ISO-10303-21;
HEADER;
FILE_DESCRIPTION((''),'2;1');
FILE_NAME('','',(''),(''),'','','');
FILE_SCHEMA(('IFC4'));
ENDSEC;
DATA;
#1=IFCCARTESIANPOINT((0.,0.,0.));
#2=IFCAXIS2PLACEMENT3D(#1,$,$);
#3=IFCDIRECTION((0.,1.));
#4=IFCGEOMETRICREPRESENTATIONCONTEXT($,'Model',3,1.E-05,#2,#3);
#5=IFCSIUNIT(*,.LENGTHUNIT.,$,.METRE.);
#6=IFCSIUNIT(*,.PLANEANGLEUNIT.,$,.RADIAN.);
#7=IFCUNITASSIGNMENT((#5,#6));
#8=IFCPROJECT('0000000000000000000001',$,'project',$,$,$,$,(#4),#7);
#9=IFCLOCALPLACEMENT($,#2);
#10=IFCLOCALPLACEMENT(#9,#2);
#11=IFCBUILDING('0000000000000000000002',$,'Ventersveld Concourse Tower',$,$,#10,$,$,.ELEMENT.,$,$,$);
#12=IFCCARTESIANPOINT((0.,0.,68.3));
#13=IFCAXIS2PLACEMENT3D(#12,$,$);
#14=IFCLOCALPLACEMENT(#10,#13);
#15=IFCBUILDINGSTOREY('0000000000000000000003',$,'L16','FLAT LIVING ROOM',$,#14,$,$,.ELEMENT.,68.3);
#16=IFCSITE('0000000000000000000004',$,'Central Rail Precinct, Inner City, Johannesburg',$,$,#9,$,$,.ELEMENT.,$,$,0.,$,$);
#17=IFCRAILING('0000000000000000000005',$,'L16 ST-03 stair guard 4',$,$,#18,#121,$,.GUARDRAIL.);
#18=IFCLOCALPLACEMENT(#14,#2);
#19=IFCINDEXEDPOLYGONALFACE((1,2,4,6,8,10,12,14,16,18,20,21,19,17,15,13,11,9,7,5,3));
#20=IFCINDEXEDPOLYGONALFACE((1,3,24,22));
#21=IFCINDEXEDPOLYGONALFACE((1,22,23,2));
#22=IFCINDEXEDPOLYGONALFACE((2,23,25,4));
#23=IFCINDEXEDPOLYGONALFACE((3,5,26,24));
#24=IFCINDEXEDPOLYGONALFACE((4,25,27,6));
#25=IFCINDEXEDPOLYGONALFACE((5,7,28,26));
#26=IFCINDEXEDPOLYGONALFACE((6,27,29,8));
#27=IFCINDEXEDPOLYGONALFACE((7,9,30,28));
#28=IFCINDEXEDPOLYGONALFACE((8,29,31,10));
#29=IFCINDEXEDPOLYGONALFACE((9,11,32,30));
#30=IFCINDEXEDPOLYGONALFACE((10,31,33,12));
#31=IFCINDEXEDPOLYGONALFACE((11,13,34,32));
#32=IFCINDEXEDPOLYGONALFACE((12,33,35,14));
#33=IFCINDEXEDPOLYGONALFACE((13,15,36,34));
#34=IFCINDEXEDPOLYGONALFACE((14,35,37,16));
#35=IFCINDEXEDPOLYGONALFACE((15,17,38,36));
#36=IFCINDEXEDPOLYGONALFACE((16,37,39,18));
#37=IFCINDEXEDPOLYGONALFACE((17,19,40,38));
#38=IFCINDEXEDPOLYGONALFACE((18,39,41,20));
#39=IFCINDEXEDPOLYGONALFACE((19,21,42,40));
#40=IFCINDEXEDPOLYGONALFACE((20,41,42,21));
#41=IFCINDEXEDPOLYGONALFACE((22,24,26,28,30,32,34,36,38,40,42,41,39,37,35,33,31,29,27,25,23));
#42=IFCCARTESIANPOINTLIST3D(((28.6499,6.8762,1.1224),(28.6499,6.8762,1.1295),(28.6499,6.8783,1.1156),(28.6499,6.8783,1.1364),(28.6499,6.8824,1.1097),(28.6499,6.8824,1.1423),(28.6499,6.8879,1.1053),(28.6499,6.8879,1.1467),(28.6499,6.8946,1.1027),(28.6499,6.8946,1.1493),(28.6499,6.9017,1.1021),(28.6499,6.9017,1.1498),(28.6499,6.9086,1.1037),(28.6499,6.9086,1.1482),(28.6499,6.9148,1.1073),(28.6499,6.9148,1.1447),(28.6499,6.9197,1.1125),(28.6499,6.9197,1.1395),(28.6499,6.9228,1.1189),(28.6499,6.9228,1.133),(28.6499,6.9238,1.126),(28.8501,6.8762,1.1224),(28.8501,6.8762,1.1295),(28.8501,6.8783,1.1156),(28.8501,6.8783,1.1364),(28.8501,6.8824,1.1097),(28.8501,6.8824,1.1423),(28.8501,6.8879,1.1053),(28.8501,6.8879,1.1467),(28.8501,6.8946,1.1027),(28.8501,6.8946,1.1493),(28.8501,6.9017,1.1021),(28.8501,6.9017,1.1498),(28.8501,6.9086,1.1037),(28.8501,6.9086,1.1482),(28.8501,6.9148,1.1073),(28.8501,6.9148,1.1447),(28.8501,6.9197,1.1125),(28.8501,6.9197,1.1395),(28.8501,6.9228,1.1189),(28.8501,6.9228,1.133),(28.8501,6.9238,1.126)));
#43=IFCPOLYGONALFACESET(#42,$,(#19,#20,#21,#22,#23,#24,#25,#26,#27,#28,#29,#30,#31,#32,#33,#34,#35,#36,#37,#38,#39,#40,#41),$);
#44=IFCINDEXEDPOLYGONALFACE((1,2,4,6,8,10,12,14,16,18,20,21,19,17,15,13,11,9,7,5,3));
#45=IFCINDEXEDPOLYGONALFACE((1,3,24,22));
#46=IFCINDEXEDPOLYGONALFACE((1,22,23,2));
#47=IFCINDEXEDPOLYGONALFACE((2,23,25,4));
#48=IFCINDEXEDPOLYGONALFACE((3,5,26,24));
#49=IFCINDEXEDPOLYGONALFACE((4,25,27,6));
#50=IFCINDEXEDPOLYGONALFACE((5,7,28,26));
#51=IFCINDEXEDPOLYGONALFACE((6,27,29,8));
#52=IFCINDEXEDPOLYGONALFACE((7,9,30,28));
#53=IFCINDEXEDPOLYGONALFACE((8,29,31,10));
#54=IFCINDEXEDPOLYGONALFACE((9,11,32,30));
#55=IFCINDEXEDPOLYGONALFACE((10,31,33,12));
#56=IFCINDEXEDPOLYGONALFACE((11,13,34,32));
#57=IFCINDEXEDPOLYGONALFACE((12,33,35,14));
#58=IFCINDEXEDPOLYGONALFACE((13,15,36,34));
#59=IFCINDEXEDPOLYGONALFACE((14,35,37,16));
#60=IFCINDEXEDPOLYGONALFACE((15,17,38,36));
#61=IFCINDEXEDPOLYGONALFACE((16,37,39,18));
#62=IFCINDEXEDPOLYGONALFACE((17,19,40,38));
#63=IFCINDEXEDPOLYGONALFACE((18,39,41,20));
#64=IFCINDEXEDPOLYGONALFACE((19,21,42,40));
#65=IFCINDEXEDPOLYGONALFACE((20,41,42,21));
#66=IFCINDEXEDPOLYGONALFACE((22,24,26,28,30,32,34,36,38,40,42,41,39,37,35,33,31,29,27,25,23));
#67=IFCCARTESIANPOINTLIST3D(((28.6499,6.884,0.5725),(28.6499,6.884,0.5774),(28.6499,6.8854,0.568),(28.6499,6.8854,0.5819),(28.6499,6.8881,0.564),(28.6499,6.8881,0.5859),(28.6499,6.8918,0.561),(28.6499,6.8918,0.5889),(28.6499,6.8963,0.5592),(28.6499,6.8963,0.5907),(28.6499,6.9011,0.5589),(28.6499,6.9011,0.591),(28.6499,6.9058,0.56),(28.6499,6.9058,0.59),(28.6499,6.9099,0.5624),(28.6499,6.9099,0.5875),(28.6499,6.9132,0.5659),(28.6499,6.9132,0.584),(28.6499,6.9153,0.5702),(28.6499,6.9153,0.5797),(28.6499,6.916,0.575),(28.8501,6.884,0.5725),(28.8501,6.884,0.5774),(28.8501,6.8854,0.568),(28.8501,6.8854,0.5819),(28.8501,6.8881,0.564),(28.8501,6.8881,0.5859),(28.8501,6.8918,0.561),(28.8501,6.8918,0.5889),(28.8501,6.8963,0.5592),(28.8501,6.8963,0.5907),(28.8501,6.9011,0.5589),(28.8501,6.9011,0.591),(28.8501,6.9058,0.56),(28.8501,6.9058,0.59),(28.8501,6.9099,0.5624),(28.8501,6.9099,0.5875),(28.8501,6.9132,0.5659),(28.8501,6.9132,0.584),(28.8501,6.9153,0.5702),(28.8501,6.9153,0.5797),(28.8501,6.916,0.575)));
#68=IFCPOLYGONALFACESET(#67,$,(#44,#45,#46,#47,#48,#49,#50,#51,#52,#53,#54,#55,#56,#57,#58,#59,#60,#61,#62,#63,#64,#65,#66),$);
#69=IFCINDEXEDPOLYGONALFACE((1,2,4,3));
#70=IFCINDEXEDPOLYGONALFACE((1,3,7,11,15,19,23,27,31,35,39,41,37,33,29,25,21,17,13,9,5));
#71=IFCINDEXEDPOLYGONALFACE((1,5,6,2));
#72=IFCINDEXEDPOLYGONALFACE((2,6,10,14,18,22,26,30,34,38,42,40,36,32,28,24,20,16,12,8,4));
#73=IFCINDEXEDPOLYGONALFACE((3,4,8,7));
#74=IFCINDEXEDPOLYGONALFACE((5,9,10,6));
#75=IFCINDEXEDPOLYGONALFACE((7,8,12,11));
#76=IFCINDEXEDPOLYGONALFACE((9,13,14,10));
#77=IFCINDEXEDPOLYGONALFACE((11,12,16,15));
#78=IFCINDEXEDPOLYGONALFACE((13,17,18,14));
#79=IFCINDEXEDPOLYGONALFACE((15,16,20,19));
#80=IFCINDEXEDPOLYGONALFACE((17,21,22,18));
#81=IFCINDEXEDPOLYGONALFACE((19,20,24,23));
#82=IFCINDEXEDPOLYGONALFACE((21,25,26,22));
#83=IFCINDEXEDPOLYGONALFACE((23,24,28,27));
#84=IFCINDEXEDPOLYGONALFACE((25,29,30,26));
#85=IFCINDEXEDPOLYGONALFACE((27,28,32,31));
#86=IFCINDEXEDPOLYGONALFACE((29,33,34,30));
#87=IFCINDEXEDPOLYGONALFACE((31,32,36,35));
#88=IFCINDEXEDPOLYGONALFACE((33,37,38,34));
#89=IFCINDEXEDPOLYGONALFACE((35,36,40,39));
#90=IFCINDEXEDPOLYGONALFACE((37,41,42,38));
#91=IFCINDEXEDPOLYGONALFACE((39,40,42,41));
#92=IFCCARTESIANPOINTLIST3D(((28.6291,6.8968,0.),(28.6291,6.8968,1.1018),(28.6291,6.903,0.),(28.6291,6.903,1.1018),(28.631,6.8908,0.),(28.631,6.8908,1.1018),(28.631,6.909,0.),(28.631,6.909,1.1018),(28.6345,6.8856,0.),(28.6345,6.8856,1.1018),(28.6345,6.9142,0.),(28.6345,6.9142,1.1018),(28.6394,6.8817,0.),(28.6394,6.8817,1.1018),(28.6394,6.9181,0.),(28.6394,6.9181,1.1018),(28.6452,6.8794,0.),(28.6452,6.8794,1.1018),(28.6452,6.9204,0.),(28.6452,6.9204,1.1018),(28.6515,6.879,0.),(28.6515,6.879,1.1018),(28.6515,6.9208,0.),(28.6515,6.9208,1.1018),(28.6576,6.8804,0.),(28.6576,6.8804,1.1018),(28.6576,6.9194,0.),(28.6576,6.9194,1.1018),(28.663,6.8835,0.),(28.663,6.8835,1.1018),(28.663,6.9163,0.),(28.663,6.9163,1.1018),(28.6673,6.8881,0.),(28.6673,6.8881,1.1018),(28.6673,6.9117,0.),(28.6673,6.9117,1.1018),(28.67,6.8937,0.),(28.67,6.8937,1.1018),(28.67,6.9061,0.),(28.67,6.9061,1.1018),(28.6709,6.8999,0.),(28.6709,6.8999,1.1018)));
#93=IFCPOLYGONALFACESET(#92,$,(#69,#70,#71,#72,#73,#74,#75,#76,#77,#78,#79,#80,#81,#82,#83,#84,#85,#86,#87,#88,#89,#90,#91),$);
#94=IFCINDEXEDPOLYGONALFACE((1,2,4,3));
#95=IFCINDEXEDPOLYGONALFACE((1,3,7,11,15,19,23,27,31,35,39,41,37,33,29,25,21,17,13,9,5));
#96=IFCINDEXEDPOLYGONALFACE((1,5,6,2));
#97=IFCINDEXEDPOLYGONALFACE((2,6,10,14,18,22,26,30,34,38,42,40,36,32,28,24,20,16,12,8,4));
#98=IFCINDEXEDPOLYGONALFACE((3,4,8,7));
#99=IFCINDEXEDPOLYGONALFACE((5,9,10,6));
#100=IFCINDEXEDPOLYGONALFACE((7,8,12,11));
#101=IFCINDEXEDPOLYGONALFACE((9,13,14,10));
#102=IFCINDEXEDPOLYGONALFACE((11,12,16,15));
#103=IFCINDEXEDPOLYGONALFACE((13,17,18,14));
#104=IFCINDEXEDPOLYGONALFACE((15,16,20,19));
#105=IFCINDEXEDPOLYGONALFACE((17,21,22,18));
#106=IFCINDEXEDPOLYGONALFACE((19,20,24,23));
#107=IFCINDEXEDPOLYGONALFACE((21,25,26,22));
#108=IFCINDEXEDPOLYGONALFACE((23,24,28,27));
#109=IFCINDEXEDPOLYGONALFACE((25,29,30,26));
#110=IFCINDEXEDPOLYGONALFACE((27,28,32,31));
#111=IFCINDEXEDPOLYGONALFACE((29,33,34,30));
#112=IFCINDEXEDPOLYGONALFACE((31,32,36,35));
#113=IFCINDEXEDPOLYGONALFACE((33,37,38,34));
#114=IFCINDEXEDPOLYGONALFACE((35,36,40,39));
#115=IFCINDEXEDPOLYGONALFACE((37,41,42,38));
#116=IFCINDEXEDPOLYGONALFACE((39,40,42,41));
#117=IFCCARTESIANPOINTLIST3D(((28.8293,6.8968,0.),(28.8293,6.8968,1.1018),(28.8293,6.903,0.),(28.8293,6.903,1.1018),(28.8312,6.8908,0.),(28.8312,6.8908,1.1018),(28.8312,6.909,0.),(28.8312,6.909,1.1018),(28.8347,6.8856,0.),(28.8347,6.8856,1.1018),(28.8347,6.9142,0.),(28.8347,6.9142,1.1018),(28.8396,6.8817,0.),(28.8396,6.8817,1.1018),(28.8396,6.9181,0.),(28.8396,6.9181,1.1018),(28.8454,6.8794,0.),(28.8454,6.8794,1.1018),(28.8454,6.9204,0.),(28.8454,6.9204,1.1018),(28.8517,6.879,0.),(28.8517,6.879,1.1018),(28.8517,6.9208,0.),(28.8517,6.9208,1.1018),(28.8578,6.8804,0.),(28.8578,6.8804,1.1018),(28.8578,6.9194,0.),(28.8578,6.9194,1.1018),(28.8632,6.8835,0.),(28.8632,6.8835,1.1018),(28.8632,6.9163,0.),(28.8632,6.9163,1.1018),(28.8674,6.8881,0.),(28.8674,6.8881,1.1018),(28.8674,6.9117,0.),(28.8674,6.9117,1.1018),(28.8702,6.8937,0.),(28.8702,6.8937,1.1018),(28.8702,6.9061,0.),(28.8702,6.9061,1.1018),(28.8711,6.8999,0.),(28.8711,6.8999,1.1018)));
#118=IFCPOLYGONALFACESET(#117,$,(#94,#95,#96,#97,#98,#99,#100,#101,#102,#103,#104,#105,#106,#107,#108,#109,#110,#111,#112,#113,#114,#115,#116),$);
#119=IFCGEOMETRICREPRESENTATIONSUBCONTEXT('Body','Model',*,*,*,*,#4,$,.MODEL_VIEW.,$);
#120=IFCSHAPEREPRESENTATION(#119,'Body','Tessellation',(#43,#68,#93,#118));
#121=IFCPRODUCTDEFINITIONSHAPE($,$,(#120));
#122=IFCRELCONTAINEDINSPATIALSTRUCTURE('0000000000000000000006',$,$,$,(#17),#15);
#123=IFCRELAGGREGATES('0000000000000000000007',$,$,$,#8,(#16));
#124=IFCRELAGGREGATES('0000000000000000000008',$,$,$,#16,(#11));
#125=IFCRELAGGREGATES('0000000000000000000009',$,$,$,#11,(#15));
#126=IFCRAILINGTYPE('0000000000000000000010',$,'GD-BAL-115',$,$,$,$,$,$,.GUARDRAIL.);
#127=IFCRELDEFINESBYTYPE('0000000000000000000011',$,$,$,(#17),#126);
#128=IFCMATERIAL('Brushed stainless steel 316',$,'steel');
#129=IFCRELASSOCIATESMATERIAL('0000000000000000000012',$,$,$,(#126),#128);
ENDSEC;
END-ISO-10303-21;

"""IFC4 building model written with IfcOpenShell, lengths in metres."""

from ifc_helpers import new_model, si_unit, direction, frame, origin, origin_2d, place, context, subcontext, project, spatial, circle, extrude, material, type_object, element, save


model = new_model("IFC4")

# Units and contexts
model_context = context("Model", 3, precision=1e-05, world=origin(), true_north=direction((0.0, 1.0)))
body_context = subcontext(model_context, "Body", "Model", "MODEL_VIEW")
ifc_project = project(units=[si_unit("LENGTHUNIT", "METRE"), si_unit("PLANEANGLEUNIT", "RADIAN")], contexts=[model_context])

# Site, building, storey
site_placement = place(None, origin())
site = spatial("IfcSite", under=ifc_project, at=site_placement, Name="Central Rail Precinct, Inner City, Johannesburg", CompositionType="ELEMENT", RefElevation=0.0)
building_placement = place(site_placement, origin())
building = spatial("IfcBuilding", under=site, at=building_placement, Name="Ventersveld Concourse Tower", CompositionType="ELEMENT")
storey_placement = place(building_placement, frame((0.0, 0.0, 68.3)))
storey = spatial("IfcBuildingStorey", under=building, at=storey_placement, Name="L16", Description="FLAT LIVING ROOM", CompositionType="ELEMENT", Elevation=68.3)

# Shared definitions
ifc_material_1 = material(Name="Brushed stainless steel 316", Category="steel")

# Railing
railing_type_1 = type_object("IfcRailingType", Name="GD-BAL-115", PredefinedType="GUARDRAIL", material=ifc_material_1)
railing_1_placement = place(storey_placement, frame((28.6499, 6.8999, 0.0)))
element("IfcRailing", 1, at=railing_1_placement, inside=storey, type_object=railing_type_1, Name="L16 ST-03 stair guard 4", PredefinedType="GUARDRAIL", context=body_context, shape_type="SweptSolid", body=[
    extrude(circle(Radius=0.0239, at=origin_2d()), frame((0.0, 0.0, 1.126), z_axis=(1.0, 0.0, 0.0), x_axis=(0.0, 1.0, 0.0)), (0.0, 0.0, 1.0), 0.2002),
    extrude(circle(Radius=0.0161, at=origin_2d()), frame((0.0, 0.0, 0.575), z_axis=(1.0, 0.0, 0.0), x_axis=(0.0, 1.0, 0.0)), (0.0, 0.0, 1.0), 0.2002),
    extrude(circle(Radius=0.021, at=origin_2d()), origin(), (0.0, 0.0, 1.0), 1.1018),
    extrude(circle(Radius=0.021, at=origin_2d()), frame((0.2002, 0.0, 0.0)), (0.0, 0.0, 1.0), 1.1018),
])

save(model, "model.ifc")
